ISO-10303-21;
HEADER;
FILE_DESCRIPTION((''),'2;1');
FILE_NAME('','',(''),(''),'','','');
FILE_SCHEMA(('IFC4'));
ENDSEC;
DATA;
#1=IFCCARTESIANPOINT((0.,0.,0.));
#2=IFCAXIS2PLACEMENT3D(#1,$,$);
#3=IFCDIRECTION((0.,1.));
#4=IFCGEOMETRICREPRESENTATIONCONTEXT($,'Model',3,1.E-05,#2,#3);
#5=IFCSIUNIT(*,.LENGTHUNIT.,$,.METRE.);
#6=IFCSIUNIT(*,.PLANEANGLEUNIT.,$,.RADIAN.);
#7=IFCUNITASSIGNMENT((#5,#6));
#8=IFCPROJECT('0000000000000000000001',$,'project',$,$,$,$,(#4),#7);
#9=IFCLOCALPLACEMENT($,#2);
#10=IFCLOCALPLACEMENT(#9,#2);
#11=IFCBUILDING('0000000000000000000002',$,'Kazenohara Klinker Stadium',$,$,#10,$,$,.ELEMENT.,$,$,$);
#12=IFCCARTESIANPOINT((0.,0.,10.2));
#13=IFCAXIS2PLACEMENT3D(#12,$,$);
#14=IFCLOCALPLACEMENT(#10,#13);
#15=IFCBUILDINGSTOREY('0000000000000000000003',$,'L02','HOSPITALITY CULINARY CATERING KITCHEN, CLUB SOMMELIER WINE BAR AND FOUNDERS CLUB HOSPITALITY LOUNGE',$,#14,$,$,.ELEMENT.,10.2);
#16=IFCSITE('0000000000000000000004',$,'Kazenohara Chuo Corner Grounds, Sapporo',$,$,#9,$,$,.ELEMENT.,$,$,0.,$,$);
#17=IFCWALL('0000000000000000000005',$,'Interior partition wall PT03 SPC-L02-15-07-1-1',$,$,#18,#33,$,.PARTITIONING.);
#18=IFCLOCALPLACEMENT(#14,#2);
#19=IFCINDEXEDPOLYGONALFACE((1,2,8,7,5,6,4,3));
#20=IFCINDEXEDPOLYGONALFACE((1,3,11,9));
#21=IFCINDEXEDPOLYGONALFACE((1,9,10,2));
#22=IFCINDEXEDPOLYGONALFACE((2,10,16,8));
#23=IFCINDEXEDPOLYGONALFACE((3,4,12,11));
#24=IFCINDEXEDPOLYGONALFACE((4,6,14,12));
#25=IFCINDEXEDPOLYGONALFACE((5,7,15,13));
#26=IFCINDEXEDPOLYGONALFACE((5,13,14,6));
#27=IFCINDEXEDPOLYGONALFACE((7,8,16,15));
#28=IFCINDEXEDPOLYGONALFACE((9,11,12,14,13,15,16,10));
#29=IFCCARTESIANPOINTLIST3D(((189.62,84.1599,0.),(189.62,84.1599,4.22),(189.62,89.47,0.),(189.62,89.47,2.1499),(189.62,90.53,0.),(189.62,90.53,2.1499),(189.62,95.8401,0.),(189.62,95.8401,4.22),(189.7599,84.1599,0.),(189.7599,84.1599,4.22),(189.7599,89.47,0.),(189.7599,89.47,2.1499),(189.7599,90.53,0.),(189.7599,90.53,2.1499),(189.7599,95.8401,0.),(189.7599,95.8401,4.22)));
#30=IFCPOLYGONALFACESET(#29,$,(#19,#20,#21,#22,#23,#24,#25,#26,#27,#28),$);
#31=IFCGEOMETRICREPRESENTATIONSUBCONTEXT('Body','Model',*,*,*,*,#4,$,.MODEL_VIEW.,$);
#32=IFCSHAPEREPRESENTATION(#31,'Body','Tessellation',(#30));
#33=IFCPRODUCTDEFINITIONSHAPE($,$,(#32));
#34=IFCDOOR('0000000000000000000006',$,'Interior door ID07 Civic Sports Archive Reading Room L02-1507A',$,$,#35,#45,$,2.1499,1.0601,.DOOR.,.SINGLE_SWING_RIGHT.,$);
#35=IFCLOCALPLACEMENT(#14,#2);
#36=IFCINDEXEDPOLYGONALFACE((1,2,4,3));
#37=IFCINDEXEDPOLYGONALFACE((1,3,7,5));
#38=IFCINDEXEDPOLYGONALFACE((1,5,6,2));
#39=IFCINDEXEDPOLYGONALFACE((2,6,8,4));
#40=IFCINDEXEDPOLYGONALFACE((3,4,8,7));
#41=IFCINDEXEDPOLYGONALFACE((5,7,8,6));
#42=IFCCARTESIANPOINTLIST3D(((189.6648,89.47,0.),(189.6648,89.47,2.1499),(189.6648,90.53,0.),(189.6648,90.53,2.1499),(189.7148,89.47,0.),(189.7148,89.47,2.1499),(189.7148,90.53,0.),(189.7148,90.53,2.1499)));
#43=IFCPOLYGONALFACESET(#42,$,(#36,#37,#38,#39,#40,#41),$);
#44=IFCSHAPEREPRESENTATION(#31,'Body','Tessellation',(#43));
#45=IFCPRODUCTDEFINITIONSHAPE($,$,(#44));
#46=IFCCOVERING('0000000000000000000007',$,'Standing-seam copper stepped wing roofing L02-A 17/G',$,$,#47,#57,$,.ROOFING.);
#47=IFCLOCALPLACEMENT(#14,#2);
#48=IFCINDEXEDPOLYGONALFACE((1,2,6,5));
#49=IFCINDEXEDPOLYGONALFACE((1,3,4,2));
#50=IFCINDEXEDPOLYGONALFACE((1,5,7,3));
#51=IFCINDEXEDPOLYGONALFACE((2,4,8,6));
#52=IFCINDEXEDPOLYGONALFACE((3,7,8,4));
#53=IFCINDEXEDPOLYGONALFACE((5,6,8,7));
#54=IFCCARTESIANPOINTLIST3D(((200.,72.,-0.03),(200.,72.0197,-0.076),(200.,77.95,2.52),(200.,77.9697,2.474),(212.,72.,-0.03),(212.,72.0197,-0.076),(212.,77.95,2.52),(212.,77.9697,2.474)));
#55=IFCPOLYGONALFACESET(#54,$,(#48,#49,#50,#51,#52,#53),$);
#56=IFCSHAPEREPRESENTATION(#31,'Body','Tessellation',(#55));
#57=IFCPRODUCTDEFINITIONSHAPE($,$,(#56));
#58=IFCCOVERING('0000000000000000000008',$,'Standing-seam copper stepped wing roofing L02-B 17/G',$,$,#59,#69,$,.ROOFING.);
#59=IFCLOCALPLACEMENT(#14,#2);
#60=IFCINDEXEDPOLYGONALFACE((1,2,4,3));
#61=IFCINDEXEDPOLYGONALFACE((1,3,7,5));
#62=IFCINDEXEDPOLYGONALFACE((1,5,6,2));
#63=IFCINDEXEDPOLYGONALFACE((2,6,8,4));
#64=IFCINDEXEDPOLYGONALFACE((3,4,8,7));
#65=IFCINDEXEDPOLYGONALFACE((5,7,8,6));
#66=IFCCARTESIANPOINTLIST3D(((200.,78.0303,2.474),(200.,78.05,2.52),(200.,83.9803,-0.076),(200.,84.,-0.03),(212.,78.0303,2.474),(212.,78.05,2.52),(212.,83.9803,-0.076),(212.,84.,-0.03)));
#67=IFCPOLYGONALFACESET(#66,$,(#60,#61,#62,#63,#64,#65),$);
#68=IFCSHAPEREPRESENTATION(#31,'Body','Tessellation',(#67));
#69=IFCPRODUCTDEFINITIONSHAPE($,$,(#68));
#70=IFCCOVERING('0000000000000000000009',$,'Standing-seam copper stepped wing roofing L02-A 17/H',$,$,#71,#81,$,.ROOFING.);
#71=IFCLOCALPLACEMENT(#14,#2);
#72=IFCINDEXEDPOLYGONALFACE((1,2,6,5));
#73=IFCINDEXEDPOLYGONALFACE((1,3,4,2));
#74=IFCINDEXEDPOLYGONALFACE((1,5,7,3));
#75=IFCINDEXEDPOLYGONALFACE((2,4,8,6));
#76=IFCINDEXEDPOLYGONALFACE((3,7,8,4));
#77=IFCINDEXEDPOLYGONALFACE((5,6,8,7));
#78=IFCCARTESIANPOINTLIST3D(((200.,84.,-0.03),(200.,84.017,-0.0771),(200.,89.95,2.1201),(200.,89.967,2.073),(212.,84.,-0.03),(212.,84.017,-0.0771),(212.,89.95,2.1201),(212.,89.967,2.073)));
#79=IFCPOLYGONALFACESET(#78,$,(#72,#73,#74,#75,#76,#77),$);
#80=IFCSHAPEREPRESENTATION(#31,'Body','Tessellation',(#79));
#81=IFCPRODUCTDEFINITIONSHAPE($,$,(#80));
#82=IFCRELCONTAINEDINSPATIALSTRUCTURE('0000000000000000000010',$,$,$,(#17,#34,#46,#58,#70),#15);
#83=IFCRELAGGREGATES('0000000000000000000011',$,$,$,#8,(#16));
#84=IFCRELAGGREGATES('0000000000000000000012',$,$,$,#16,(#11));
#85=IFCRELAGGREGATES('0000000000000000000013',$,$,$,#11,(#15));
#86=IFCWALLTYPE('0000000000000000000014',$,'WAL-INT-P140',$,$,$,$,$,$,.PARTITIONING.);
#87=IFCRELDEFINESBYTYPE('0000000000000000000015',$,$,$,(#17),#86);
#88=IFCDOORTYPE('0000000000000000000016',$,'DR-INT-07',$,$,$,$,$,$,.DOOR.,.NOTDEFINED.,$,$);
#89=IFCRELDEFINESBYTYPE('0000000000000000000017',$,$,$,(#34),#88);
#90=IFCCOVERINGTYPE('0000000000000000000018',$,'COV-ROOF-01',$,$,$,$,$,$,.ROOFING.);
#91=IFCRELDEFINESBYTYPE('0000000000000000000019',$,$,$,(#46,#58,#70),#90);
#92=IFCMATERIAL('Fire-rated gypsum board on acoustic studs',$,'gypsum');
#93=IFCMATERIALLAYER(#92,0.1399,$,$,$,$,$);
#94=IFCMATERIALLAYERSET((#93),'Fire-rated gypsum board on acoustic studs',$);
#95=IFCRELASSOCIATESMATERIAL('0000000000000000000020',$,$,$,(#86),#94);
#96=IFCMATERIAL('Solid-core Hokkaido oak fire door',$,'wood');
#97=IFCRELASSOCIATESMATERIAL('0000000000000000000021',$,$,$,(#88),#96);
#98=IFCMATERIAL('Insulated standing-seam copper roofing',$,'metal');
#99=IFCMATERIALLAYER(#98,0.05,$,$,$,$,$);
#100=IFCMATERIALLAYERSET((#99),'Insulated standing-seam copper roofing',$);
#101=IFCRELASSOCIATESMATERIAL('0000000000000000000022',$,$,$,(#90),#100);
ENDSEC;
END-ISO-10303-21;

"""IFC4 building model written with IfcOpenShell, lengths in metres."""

from ifc_helpers import new_model, si_unit, direction, frame, frame_2d, origin, place, context, subcontext, project, spatial, polyline, rectangle, outline, extrude, material, layer, layer_set, type_object, element, fill, save


model = new_model("IFC4")

# Units and contexts
model_context = context("Model", 3, precision=1e-05, world=origin(), true_north=direction((0.0, 1.0)))
body_context = subcontext(model_context, "Body", "Model", "MODEL_VIEW")
ifc_project = project(units=[si_unit("LENGTHUNIT", "METRE"), si_unit("PLANEANGLEUNIT", "RADIAN")], contexts=[model_context])

# Site, building, storey
site_placement = place(None, origin())
site = spatial("IfcSite", under=ifc_project, at=site_placement, Name="Kazenohara Chuo Corner Grounds, Sapporo", CompositionType="ELEMENT", RefElevation=0.0)
building_placement = place(site_placement, origin())
building = spatial("IfcBuilding", under=site, at=building_placement, Name="Kazenohara Klinker Stadium", CompositionType="ELEMENT")
storey_placement = place(building_placement, frame((0.0, 0.0, 10.2)))
storey = spatial("IfcBuildingStorey", under=building, at=storey_placement, Name="L02", Description="HOSPITALITY CULINARY CATERING KITCHEN, CLUB SOMMELIER WINE BAR AND FOUNDERS CLUB HOSPITALITY LOUNGE", CompositionType="ELEMENT", Elevation=10.2)

# Wall, opening, door
ifc_material_1 = material(Name="Fire-rated gypsum board on acoustic studs", Category="gypsum")
ifc_material_2 = material(Name="Solid-core Hokkaido oak fire door", Category="wood")
ifc_layer_1 = layer(ifc_material_1, 0.1399)
ifc_layer_set_1 = layer_set([ifc_layer_1], Name="Fire-rated gypsum board on acoustic studs")
wall_type_1 = type_object("IfcWallType", Name="WAL-INT-P140", PredefinedType="PARTITIONING", material=ifc_layer_set_1)
wall_1_placement = place(storey_placement, frame((189.6899, 84.1599, 0.0), z_axis=(0.0, 0.0, 1.0), x_axis=(0.0, 1.0, 0.0)))
wall_1 = element("IfcWall", 1, at=wall_1_placement, inside=storey, type_object=wall_type_1, Name="Interior partition wall PT03 SPC-L02-15-07-1-1", PredefinedType="PARTITIONING", context=body_context, shape_type="SweptSolid", body=[
    extrude(rectangle(XDim=11.6802, YDim=0.1399, at=frame_2d((5.8401, 0.0))), origin(), (0.0, 0.0, 1.0), 4.22),
])
opening_1_placement = place(wall_1_placement, frame((6.3701, 0.0, 0.0), z_axis=(0.0, 0.0, 1.0), x_axis=(-1.0, 0.0, 0.0)))
opening_1 = element("IfcOpeningElement", 2, at=opening_1_placement, cuts=wall_1, PredefinedType="OPENING", context=body_context, shape_type="SweptSolid", body=[
    extrude(rectangle(XDim=1.0601, YDim=2.1499, at=frame_2d((0.53, 1.075))), frame((0.0, 0.0801, 0.0), z_axis=(0.0, -1.0, 0.0), x_axis=(1.0, 0.0, 0.0)), (0.0, 0.0, 1.0), 0.1599),
])
door_type_1 = type_object("IfcDoorType", Name="DR-INT-07", OperationType="NOTDEFINED", PredefinedType="DOOR", material=ifc_material_2)
door_1_placement = place(opening_1_placement, origin())
door_1 = element("IfcDoor", 3, at=door_1_placement, inside=storey, type_object=door_type_1, Name="Interior door ID07 Civic Sports Archive Reading Room L02-1507A", OperationType="SINGLE_SWING_RIGHT", OverallHeight=2.1499, OverallWidth=1.0601, PredefinedType="DOOR", context=body_context, shape_type="SweptSolid", body=[
    extrude(rectangle(XDim=1.0601, YDim=2.1499, at=frame_2d((0.53, 1.075))), frame((0.0, 0.0249, 0.0), z_axis=(0.0, -1.0, 0.0), x_axis=(1.0, 0.0, 0.0)), (0.0, 0.0, 1.0), 0.05),
])
fill(opening_1, door_1)

# Coverings
ifc_material_3 = material(Name="Insulated standing-seam copper roofing", Category="metal")
ifc_layer_2 = layer(ifc_material_3, 0.05)
ifc_layer_set_2 = layer_set([ifc_layer_2], Name="Insulated standing-seam copper roofing")
covering_type = type_object("IfcCoveringType", Name="COV-ROOF-01", PredefinedType="ROOFING", material=ifc_layer_set_2)
for number, where, z_axis, x_axis, name in (
    (4, (200.0, 72.0, -0.03), (0.0, -0.393928, 0.919141), (1.0, 0.0, 0.0), "Standing-seam copper stepped wing roofing L02-A 17/G"),
    (5, (200.0, 78.05, 2.52), (0.0, 0.393928, 0.919141), (1.0, 0.0, 0.0), "Standing-seam copper stepped wing roofing L02-B 17/G"),
):
    element("IfcCovering", number, at=place(storey_placement, frame(where, z_axis=z_axis, x_axis=x_axis)), inside=storey, type_object=covering_type, Name=name, PredefinedType="ROOFING", context=body_context, shape_type="SweptSolid", body=[
        extrude(outline(polyline([(0.0, 0.0), (12.0, 0.0), (12.0, 6.4734), (0.0, 6.4734), (0.0, 0.0)])), origin(), (0.0, 0.0, -1.0), 0.05),
    ])
covering_placement = place(storey_placement, frame((200.0, 84.0, -0.03), z_axis=(0.0, -0.339862, 0.940475), x_axis=(1.0, 0.0, 0.0)))
element("IfcCovering", 6, at=covering_placement, inside=storey, type_object=covering_type, Name="Standing-seam copper stepped wing roofing L02-A 17/H", PredefinedType="ROOFING", context=body_context, shape_type="SweptSolid", body=[
    extrude(outline(polyline([(0.0, 0.0), (12.0, 0.0), (12.0, 6.3265), (0.0, 6.3265), (0.0, 0.0)])), origin(), (0.0, 0.0, -1.0), 0.05),
])

save(model, "model.ifc")
